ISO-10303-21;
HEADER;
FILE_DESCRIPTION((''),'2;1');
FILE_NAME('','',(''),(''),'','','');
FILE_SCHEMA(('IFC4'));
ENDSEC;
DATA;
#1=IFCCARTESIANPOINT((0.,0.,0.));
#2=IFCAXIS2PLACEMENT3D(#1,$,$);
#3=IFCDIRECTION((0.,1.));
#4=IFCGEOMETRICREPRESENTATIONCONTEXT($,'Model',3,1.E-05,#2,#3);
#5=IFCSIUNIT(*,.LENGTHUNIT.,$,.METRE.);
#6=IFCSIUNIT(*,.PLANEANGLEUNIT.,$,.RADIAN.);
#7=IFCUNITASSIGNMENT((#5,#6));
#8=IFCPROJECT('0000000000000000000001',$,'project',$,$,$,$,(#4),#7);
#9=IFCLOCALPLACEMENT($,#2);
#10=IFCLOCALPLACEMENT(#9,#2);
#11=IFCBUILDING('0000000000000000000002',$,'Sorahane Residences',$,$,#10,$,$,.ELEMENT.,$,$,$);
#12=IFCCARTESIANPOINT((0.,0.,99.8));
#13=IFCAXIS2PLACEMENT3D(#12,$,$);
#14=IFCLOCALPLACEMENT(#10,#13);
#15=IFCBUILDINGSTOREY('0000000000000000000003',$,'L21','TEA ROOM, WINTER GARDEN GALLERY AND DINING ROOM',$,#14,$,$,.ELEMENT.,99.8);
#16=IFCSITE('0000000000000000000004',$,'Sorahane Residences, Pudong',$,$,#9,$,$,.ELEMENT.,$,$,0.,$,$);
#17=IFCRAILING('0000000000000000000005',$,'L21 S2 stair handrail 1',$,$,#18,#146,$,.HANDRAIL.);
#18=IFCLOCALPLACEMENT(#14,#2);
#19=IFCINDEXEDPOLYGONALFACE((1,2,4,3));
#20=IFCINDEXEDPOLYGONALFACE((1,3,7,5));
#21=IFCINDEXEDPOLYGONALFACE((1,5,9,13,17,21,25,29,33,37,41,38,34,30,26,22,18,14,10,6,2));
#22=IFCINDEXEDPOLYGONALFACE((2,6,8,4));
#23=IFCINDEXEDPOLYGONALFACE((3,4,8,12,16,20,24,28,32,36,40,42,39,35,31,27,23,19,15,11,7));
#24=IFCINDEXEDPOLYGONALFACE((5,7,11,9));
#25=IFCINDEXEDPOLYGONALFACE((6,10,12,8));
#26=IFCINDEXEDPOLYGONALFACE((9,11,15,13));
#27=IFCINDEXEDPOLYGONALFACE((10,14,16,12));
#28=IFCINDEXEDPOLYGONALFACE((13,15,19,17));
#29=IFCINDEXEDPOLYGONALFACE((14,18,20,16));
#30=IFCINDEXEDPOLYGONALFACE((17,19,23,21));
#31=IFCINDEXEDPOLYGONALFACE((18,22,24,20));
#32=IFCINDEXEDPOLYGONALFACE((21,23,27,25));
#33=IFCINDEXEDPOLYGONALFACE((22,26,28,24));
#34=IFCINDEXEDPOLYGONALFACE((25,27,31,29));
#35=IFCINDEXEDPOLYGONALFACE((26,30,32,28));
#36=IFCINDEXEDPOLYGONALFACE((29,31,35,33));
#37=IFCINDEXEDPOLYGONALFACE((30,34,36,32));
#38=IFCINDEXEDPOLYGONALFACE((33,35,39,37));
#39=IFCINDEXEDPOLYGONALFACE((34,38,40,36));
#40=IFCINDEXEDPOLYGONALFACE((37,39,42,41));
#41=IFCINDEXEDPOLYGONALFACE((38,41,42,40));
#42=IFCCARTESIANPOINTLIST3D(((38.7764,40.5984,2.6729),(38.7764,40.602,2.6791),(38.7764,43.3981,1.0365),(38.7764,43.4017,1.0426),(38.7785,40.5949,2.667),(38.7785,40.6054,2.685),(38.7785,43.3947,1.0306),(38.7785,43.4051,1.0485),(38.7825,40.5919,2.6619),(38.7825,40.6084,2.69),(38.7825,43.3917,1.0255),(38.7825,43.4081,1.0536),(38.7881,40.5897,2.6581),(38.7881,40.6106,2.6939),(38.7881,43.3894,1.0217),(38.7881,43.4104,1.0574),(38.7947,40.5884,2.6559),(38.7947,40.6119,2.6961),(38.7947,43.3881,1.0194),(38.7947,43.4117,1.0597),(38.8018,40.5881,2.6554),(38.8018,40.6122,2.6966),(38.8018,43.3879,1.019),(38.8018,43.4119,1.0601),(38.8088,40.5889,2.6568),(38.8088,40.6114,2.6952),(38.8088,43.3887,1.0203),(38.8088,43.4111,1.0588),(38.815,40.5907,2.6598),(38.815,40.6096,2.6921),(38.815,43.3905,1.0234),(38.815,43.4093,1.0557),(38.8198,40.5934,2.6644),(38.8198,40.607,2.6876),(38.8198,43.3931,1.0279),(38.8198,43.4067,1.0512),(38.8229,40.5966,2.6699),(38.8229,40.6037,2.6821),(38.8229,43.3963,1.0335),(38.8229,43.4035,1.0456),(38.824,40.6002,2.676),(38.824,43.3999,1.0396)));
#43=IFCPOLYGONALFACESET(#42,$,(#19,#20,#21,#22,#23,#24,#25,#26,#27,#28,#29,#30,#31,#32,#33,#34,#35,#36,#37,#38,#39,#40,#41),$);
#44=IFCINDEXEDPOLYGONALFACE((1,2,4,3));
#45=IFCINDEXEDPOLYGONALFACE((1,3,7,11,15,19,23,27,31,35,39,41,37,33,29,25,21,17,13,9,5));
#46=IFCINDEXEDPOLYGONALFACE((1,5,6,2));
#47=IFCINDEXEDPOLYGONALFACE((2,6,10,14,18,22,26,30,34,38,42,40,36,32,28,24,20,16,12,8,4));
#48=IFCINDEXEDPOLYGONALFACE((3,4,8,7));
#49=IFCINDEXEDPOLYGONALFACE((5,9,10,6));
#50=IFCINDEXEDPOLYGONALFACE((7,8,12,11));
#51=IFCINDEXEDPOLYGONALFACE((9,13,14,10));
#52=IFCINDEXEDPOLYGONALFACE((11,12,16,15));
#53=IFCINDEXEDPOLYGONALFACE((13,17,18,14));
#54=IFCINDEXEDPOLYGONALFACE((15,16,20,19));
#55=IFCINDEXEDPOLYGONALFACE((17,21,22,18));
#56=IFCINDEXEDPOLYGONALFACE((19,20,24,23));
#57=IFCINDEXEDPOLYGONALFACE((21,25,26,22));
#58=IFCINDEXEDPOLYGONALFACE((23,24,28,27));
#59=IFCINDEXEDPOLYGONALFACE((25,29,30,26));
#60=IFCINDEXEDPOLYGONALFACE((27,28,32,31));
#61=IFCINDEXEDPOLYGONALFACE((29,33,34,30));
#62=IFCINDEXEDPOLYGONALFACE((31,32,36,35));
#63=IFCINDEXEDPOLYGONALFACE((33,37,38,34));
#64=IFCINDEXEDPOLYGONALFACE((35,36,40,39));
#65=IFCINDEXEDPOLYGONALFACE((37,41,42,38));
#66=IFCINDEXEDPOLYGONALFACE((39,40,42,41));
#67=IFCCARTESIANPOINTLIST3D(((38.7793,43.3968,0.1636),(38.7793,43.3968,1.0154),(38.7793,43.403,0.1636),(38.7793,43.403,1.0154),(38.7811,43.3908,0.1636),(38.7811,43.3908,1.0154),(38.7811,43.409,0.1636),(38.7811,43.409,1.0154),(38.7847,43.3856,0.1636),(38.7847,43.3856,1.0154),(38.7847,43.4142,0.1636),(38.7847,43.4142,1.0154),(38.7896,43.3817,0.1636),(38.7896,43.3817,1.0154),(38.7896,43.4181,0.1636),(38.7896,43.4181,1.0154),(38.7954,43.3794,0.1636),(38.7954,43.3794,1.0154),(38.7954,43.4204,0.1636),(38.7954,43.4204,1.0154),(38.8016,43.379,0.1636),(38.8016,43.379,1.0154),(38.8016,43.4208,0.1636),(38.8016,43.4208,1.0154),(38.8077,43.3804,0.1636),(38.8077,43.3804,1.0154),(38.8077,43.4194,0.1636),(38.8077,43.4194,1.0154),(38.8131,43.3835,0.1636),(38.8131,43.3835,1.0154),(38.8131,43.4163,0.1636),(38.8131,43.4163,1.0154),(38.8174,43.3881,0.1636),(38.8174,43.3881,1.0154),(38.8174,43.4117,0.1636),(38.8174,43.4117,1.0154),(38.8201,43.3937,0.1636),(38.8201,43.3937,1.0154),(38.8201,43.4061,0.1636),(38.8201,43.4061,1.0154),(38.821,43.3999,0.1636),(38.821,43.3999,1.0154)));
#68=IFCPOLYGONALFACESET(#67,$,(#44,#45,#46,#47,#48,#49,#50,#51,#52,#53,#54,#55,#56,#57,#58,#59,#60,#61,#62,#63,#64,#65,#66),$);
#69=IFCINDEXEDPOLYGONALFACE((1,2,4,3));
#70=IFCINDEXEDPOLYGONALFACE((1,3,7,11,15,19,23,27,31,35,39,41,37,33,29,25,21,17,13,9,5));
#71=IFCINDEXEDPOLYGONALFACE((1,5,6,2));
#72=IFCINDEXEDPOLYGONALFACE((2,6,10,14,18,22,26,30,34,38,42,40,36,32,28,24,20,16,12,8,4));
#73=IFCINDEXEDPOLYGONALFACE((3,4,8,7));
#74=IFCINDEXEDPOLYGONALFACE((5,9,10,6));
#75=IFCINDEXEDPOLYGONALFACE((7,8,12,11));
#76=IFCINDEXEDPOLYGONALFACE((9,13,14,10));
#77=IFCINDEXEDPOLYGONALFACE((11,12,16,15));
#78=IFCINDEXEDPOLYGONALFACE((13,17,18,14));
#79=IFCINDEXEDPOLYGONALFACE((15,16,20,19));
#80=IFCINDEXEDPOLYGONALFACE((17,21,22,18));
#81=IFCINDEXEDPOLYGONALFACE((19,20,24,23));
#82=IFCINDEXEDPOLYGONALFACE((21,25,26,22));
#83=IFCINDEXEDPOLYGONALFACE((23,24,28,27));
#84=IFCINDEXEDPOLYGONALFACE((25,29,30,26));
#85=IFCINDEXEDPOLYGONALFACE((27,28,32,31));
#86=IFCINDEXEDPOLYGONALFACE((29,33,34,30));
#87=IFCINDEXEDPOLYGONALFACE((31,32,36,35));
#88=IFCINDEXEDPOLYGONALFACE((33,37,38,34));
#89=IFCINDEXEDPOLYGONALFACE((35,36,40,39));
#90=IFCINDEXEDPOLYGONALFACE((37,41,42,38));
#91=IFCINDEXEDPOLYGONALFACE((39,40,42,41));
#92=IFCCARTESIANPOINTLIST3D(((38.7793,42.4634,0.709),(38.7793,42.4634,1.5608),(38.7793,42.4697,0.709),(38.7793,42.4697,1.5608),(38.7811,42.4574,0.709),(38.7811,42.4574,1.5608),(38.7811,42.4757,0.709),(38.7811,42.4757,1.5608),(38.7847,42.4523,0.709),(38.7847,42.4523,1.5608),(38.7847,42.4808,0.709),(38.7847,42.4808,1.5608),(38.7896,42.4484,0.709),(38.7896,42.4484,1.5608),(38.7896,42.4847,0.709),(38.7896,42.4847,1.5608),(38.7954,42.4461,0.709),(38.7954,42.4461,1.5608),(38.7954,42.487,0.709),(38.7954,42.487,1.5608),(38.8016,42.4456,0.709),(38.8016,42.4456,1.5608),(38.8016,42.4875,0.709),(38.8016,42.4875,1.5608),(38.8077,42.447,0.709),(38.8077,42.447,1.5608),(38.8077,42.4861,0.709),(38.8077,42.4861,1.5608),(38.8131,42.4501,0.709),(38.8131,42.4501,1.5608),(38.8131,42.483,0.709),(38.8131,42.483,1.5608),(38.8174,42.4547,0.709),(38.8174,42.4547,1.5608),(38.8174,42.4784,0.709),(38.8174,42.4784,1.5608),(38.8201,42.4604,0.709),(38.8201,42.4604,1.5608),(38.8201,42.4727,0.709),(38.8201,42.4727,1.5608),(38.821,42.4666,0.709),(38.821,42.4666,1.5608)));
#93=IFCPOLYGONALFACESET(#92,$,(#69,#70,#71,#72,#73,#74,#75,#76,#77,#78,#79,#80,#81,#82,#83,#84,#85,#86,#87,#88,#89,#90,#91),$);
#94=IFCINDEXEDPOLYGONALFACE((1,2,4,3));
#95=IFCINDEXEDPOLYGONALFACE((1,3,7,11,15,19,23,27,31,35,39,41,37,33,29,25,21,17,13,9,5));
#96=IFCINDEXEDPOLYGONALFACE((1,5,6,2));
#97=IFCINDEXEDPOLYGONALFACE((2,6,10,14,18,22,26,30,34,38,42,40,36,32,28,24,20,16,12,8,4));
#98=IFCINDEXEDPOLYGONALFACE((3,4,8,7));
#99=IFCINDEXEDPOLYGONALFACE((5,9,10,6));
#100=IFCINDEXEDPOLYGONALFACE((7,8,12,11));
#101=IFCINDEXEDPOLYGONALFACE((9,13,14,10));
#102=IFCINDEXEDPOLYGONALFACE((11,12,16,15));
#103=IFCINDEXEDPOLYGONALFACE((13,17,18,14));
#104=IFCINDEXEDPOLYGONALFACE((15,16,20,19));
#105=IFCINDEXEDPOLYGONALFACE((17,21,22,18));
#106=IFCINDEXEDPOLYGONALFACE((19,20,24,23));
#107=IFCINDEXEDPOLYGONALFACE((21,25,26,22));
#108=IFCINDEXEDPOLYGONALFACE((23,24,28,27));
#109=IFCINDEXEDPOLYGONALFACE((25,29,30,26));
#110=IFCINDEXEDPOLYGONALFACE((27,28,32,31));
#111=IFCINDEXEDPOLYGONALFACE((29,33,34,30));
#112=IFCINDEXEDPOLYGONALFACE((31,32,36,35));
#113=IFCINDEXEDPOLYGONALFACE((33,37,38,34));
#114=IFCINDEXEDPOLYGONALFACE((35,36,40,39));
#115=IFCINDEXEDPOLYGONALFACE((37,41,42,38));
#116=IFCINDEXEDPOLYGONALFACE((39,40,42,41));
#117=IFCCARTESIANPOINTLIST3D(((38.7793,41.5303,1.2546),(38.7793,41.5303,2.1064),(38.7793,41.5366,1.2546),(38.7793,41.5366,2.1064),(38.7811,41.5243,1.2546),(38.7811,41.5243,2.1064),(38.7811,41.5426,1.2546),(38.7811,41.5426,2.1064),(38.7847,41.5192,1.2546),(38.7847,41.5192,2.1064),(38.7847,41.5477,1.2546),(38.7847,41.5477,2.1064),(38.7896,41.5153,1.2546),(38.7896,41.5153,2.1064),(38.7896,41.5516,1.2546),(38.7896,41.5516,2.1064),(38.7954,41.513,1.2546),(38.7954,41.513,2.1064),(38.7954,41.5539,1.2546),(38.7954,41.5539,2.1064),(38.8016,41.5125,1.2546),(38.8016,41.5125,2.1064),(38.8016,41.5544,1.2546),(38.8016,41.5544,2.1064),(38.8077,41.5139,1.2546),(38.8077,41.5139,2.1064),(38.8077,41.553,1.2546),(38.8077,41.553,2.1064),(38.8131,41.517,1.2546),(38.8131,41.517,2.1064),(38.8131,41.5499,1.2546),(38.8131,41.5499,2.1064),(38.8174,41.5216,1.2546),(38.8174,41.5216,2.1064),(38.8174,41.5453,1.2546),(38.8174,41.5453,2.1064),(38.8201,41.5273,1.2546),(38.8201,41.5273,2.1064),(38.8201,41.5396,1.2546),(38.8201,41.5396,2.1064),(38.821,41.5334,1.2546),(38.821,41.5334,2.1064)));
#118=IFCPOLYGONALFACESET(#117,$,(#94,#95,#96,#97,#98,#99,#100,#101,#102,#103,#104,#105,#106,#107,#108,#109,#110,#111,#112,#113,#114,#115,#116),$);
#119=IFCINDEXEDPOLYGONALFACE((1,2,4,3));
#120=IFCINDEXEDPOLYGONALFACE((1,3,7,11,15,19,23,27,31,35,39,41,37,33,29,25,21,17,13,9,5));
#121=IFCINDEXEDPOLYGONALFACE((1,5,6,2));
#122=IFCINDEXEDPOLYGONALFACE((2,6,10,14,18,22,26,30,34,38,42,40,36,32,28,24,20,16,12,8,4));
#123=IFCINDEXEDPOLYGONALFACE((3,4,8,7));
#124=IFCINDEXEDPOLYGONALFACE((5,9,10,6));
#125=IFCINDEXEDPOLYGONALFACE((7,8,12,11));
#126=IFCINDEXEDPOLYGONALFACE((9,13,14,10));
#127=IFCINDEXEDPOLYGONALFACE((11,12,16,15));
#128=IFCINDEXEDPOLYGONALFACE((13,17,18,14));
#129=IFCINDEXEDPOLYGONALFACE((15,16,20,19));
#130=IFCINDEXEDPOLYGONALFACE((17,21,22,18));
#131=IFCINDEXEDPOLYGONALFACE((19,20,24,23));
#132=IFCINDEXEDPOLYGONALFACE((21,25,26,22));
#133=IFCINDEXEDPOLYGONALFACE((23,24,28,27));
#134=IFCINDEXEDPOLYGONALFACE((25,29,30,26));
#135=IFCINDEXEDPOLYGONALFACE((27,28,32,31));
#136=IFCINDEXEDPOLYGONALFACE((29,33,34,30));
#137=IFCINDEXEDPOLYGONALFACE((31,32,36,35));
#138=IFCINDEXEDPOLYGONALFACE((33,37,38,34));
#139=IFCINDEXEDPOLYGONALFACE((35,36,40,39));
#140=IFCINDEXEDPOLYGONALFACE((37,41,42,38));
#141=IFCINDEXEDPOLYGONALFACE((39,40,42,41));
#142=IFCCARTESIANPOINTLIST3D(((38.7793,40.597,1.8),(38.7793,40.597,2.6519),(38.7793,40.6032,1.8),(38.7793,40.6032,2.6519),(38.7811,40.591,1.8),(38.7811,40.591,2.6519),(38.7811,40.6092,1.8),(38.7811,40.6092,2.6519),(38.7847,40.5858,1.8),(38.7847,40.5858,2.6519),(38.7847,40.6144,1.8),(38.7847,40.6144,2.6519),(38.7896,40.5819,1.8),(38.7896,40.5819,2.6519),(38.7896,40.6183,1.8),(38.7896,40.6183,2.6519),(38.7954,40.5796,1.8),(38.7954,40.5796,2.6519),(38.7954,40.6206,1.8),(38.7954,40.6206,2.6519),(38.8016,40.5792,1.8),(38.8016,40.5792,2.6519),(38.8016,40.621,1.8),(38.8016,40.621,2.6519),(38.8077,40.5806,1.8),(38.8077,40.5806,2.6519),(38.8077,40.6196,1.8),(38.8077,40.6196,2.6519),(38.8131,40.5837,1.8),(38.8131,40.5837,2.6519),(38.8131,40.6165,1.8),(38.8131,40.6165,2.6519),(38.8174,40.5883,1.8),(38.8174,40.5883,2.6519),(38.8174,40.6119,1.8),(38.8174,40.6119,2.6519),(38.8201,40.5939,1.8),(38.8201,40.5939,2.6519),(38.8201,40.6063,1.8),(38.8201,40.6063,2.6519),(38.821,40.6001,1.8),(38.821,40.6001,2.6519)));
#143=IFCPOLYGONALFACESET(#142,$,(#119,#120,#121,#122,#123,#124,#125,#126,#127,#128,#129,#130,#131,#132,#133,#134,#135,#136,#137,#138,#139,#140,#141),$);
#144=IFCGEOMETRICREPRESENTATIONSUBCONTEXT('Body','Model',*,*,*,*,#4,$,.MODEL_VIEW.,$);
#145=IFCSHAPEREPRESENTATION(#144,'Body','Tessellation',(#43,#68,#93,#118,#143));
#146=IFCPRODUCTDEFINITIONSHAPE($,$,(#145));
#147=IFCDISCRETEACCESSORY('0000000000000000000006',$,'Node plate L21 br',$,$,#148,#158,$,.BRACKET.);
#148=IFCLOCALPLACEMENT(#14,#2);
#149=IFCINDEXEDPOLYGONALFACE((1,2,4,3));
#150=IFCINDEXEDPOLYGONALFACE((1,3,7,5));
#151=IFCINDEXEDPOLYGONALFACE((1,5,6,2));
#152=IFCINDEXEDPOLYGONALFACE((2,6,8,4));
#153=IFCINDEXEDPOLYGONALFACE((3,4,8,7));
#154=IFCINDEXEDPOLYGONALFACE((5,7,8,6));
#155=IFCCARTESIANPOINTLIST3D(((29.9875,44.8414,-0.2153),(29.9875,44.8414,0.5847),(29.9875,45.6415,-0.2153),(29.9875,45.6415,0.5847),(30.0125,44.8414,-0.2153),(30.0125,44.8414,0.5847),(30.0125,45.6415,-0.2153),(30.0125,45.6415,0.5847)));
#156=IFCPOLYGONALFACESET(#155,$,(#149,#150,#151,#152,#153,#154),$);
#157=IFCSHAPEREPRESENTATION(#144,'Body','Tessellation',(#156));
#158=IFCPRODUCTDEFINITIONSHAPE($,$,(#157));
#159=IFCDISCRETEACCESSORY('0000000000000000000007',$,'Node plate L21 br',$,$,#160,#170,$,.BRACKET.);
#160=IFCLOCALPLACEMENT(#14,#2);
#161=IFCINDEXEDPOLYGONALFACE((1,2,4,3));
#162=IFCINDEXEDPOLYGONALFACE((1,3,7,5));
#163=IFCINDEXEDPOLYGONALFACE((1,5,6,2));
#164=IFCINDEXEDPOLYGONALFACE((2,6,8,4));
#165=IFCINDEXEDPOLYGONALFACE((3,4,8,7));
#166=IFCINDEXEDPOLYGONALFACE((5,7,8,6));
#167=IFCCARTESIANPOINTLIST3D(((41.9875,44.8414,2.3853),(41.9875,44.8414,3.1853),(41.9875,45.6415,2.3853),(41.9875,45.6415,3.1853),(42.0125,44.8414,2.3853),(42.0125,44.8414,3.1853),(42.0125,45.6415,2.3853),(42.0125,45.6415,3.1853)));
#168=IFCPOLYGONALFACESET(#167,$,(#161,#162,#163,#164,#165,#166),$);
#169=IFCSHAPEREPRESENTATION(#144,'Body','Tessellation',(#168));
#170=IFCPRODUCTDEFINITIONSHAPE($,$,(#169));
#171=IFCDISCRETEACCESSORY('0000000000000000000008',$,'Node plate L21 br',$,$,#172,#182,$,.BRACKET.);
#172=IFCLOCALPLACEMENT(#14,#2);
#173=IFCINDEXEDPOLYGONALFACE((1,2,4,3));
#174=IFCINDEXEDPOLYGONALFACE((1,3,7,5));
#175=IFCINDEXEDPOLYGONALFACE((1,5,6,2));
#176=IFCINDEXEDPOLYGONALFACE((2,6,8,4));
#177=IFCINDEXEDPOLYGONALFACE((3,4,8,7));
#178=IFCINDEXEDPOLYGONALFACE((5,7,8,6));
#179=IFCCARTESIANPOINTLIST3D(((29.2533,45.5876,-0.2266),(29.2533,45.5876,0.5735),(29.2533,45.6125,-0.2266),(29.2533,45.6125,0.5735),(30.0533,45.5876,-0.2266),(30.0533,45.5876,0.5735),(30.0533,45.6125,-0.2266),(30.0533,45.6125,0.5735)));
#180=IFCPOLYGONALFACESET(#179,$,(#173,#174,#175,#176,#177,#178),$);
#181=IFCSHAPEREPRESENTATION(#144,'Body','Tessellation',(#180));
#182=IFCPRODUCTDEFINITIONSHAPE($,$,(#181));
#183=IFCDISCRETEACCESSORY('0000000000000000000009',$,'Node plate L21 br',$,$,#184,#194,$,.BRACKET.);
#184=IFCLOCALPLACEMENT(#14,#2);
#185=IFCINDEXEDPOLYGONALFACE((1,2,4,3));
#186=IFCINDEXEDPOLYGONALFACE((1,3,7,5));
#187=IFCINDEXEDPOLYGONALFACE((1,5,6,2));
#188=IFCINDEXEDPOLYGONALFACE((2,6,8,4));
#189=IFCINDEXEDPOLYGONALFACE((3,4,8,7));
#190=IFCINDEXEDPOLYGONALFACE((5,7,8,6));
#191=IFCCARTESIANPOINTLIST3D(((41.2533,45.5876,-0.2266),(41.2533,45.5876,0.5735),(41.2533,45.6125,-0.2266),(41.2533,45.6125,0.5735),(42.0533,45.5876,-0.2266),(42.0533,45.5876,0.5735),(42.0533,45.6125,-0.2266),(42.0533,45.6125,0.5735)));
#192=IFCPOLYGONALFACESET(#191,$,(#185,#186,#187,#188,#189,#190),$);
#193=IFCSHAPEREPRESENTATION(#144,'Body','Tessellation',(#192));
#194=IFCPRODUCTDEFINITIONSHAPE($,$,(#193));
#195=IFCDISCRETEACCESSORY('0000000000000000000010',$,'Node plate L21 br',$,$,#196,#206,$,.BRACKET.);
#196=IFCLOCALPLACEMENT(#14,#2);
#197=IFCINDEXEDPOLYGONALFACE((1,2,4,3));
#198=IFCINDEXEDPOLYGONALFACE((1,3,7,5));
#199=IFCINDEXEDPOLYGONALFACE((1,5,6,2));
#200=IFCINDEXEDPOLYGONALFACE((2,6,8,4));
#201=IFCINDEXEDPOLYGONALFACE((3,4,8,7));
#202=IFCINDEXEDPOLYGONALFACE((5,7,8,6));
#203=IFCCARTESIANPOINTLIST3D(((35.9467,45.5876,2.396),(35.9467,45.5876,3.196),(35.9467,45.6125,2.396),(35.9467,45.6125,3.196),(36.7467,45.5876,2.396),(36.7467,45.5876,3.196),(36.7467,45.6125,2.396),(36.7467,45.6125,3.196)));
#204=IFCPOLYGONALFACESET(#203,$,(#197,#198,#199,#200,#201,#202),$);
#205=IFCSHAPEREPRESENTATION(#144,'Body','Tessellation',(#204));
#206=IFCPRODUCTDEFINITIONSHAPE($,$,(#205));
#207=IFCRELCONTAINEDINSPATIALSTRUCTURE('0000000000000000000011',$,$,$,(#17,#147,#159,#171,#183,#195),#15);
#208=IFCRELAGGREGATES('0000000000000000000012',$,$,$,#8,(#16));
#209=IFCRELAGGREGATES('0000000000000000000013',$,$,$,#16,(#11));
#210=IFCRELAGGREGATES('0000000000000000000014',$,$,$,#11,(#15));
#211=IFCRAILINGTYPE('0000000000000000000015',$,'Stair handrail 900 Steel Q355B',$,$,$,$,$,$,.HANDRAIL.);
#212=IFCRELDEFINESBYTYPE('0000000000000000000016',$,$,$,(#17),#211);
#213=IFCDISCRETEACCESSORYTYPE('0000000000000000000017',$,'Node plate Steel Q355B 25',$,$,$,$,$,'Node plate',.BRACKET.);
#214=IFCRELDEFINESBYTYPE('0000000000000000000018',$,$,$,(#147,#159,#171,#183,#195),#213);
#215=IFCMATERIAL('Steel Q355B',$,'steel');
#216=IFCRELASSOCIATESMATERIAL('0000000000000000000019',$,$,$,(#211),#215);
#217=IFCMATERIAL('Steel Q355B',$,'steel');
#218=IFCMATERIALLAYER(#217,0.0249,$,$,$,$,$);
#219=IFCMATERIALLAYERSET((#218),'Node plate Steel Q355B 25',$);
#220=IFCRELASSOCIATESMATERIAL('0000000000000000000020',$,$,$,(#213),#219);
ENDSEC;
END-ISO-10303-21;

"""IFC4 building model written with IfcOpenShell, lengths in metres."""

from ifc_helpers import new_model, si_unit, direction, frame, origin, origin_2d, place, context, subcontext, project, spatial, rectangle, circle, extrude, material, layer, layer_set, type_object, element, save


model = new_model("IFC4")

# Units and contexts
model_context = context("Model", 3, precision=1e-05, world=origin(), true_north=direction((0.0, 1.0)))
body_context = subcontext(model_context, "Body", "Model", "MODEL_VIEW")
ifc_project = project(units=[si_unit("LENGTHUNIT", "METRE"), si_unit("PLANEANGLEUNIT", "RADIAN")], contexts=[model_context])

# Site, building, storey
site_placement = place(None, origin())
site = spatial("IfcSite", under=ifc_project, at=site_placement, Name="Sorahane Residences, Pudong", CompositionType="ELEMENT", RefElevation=0.0)
building_placement = place(site_placement, origin())
building = spatial("IfcBuilding", under=site, at=building_placement, Name="Sorahane Residences", CompositionType="ELEMENT")
storey_placement = place(building_placement, frame((0.0, 0.0, 99.8)))
storey = spatial("IfcBuildingStorey", under=building, at=storey_placement, Name="L21", Description="TEA ROOM, WINTER GARDEN GALLERY AND DINING ROOM", CompositionType="ELEMENT", Elevation=99.8)

# Railing
ifc_material_1 = material(Name="Steel Q355B", Category="steel")
railing_type_1 = type_object("IfcRailingType", Name="Stair handrail 900 Steel Q355B", PredefinedType="HANDRAIL", material=ifc_material_1)
railing_1_placement = place(storey_placement, frame((38.8, 43.3999, 0.1636)))
element("IfcRailing", 1, at=railing_1_placement, inside=storey, type_object=railing_type_1, Name="L21 S2 stair handrail 1", PredefinedType="HANDRAIL", context=body_context, shape_type="SweptSolid", body=[
    extrude(circle(Radius=0.0239, at=origin_2d()), frame((0.0, 0.0, 0.876), z_axis=(0.0, -0.863342, 0.50462), x_axis=(1.0, 0.0, 0.0)), (0.0, 0.0, 1.0), 3.2429),
    extrude(circle(Radius=0.021, at=origin_2d()), origin(), (0.0, 0.0, 1.0), 0.8518),
    extrude(circle(Radius=0.021, at=origin_2d()), frame((0.0, -0.9333, 0.5454)), (0.0, 0.0, 1.0), 0.8518),
    extrude(circle(Radius=0.021, at=origin_2d()), frame((0.0, -1.8665, 1.0911)), (0.0, 0.0, 1.0), 0.8518),
    extrude(circle(Radius=0.021, at=origin_2d()), frame((0.0, -2.7998, 1.6365)), (0.0, 0.0, 1.0), 0.8518),
])

# Discrete accessories
ifc_material_2 = material(Name="Steel Q355B", Category="steel")
ifc_layer_1 = layer(ifc_material_2, 0.0249)
ifc_layer_set_1 = layer_set([ifc_layer_1], Name="Node plate Steel Q355B 25")
discrete_accessory_type = type_object("IfcDiscreteAccessoryType", Name="Node plate Steel Q355B 25", ElementType="Node plate", PredefinedType="BRACKET", material=ifc_layer_set_1)
for number, where, z_axis, x_axis, name in (
    (2, (30.0, 45.2415, -0.2153), (0.0, 0.0, 1.0), (0.0, 1.0, 0.0), "Node plate L21 br"),
    (3, (42.0, 45.2415, 2.3853), (0.0, 0.0, 1.0), (0.0, 1.0, 0.0), "Node plate L21 br"),
    (4, (29.6533, 45.6001, -0.2266), (0.0, 0.0, 1.0), (1.0, 0.0, 0.0), "Node plate L21 br"),
    (5, (41.6533, 45.6001, -0.2266), (0.0, 0.0, 1.0), (1.0, 0.0, 0.0), "Node plate L21 br"),
    (6, (36.3467, 45.6001, 2.396), (0.0, 0.0, 1.0), (1.0, 0.0, 0.0), "Node plate L21 br"),
):
    element("IfcDiscreteAccessory", number, at=place(storey_placement, frame(where, z_axis=z_axis, x_axis=x_axis)), inside=storey, type_object=discrete_accessory_type, Name=name, PredefinedType="BRACKET", context=body_context, shape_type="SweptSolid", body=[
        extrude(rectangle(XDim=0.8, YDim=0.0249, at=origin_2d()), origin(), (0.0, 0.0, 1.0), 0.8),
    ])

save(model, "model.ifc")
